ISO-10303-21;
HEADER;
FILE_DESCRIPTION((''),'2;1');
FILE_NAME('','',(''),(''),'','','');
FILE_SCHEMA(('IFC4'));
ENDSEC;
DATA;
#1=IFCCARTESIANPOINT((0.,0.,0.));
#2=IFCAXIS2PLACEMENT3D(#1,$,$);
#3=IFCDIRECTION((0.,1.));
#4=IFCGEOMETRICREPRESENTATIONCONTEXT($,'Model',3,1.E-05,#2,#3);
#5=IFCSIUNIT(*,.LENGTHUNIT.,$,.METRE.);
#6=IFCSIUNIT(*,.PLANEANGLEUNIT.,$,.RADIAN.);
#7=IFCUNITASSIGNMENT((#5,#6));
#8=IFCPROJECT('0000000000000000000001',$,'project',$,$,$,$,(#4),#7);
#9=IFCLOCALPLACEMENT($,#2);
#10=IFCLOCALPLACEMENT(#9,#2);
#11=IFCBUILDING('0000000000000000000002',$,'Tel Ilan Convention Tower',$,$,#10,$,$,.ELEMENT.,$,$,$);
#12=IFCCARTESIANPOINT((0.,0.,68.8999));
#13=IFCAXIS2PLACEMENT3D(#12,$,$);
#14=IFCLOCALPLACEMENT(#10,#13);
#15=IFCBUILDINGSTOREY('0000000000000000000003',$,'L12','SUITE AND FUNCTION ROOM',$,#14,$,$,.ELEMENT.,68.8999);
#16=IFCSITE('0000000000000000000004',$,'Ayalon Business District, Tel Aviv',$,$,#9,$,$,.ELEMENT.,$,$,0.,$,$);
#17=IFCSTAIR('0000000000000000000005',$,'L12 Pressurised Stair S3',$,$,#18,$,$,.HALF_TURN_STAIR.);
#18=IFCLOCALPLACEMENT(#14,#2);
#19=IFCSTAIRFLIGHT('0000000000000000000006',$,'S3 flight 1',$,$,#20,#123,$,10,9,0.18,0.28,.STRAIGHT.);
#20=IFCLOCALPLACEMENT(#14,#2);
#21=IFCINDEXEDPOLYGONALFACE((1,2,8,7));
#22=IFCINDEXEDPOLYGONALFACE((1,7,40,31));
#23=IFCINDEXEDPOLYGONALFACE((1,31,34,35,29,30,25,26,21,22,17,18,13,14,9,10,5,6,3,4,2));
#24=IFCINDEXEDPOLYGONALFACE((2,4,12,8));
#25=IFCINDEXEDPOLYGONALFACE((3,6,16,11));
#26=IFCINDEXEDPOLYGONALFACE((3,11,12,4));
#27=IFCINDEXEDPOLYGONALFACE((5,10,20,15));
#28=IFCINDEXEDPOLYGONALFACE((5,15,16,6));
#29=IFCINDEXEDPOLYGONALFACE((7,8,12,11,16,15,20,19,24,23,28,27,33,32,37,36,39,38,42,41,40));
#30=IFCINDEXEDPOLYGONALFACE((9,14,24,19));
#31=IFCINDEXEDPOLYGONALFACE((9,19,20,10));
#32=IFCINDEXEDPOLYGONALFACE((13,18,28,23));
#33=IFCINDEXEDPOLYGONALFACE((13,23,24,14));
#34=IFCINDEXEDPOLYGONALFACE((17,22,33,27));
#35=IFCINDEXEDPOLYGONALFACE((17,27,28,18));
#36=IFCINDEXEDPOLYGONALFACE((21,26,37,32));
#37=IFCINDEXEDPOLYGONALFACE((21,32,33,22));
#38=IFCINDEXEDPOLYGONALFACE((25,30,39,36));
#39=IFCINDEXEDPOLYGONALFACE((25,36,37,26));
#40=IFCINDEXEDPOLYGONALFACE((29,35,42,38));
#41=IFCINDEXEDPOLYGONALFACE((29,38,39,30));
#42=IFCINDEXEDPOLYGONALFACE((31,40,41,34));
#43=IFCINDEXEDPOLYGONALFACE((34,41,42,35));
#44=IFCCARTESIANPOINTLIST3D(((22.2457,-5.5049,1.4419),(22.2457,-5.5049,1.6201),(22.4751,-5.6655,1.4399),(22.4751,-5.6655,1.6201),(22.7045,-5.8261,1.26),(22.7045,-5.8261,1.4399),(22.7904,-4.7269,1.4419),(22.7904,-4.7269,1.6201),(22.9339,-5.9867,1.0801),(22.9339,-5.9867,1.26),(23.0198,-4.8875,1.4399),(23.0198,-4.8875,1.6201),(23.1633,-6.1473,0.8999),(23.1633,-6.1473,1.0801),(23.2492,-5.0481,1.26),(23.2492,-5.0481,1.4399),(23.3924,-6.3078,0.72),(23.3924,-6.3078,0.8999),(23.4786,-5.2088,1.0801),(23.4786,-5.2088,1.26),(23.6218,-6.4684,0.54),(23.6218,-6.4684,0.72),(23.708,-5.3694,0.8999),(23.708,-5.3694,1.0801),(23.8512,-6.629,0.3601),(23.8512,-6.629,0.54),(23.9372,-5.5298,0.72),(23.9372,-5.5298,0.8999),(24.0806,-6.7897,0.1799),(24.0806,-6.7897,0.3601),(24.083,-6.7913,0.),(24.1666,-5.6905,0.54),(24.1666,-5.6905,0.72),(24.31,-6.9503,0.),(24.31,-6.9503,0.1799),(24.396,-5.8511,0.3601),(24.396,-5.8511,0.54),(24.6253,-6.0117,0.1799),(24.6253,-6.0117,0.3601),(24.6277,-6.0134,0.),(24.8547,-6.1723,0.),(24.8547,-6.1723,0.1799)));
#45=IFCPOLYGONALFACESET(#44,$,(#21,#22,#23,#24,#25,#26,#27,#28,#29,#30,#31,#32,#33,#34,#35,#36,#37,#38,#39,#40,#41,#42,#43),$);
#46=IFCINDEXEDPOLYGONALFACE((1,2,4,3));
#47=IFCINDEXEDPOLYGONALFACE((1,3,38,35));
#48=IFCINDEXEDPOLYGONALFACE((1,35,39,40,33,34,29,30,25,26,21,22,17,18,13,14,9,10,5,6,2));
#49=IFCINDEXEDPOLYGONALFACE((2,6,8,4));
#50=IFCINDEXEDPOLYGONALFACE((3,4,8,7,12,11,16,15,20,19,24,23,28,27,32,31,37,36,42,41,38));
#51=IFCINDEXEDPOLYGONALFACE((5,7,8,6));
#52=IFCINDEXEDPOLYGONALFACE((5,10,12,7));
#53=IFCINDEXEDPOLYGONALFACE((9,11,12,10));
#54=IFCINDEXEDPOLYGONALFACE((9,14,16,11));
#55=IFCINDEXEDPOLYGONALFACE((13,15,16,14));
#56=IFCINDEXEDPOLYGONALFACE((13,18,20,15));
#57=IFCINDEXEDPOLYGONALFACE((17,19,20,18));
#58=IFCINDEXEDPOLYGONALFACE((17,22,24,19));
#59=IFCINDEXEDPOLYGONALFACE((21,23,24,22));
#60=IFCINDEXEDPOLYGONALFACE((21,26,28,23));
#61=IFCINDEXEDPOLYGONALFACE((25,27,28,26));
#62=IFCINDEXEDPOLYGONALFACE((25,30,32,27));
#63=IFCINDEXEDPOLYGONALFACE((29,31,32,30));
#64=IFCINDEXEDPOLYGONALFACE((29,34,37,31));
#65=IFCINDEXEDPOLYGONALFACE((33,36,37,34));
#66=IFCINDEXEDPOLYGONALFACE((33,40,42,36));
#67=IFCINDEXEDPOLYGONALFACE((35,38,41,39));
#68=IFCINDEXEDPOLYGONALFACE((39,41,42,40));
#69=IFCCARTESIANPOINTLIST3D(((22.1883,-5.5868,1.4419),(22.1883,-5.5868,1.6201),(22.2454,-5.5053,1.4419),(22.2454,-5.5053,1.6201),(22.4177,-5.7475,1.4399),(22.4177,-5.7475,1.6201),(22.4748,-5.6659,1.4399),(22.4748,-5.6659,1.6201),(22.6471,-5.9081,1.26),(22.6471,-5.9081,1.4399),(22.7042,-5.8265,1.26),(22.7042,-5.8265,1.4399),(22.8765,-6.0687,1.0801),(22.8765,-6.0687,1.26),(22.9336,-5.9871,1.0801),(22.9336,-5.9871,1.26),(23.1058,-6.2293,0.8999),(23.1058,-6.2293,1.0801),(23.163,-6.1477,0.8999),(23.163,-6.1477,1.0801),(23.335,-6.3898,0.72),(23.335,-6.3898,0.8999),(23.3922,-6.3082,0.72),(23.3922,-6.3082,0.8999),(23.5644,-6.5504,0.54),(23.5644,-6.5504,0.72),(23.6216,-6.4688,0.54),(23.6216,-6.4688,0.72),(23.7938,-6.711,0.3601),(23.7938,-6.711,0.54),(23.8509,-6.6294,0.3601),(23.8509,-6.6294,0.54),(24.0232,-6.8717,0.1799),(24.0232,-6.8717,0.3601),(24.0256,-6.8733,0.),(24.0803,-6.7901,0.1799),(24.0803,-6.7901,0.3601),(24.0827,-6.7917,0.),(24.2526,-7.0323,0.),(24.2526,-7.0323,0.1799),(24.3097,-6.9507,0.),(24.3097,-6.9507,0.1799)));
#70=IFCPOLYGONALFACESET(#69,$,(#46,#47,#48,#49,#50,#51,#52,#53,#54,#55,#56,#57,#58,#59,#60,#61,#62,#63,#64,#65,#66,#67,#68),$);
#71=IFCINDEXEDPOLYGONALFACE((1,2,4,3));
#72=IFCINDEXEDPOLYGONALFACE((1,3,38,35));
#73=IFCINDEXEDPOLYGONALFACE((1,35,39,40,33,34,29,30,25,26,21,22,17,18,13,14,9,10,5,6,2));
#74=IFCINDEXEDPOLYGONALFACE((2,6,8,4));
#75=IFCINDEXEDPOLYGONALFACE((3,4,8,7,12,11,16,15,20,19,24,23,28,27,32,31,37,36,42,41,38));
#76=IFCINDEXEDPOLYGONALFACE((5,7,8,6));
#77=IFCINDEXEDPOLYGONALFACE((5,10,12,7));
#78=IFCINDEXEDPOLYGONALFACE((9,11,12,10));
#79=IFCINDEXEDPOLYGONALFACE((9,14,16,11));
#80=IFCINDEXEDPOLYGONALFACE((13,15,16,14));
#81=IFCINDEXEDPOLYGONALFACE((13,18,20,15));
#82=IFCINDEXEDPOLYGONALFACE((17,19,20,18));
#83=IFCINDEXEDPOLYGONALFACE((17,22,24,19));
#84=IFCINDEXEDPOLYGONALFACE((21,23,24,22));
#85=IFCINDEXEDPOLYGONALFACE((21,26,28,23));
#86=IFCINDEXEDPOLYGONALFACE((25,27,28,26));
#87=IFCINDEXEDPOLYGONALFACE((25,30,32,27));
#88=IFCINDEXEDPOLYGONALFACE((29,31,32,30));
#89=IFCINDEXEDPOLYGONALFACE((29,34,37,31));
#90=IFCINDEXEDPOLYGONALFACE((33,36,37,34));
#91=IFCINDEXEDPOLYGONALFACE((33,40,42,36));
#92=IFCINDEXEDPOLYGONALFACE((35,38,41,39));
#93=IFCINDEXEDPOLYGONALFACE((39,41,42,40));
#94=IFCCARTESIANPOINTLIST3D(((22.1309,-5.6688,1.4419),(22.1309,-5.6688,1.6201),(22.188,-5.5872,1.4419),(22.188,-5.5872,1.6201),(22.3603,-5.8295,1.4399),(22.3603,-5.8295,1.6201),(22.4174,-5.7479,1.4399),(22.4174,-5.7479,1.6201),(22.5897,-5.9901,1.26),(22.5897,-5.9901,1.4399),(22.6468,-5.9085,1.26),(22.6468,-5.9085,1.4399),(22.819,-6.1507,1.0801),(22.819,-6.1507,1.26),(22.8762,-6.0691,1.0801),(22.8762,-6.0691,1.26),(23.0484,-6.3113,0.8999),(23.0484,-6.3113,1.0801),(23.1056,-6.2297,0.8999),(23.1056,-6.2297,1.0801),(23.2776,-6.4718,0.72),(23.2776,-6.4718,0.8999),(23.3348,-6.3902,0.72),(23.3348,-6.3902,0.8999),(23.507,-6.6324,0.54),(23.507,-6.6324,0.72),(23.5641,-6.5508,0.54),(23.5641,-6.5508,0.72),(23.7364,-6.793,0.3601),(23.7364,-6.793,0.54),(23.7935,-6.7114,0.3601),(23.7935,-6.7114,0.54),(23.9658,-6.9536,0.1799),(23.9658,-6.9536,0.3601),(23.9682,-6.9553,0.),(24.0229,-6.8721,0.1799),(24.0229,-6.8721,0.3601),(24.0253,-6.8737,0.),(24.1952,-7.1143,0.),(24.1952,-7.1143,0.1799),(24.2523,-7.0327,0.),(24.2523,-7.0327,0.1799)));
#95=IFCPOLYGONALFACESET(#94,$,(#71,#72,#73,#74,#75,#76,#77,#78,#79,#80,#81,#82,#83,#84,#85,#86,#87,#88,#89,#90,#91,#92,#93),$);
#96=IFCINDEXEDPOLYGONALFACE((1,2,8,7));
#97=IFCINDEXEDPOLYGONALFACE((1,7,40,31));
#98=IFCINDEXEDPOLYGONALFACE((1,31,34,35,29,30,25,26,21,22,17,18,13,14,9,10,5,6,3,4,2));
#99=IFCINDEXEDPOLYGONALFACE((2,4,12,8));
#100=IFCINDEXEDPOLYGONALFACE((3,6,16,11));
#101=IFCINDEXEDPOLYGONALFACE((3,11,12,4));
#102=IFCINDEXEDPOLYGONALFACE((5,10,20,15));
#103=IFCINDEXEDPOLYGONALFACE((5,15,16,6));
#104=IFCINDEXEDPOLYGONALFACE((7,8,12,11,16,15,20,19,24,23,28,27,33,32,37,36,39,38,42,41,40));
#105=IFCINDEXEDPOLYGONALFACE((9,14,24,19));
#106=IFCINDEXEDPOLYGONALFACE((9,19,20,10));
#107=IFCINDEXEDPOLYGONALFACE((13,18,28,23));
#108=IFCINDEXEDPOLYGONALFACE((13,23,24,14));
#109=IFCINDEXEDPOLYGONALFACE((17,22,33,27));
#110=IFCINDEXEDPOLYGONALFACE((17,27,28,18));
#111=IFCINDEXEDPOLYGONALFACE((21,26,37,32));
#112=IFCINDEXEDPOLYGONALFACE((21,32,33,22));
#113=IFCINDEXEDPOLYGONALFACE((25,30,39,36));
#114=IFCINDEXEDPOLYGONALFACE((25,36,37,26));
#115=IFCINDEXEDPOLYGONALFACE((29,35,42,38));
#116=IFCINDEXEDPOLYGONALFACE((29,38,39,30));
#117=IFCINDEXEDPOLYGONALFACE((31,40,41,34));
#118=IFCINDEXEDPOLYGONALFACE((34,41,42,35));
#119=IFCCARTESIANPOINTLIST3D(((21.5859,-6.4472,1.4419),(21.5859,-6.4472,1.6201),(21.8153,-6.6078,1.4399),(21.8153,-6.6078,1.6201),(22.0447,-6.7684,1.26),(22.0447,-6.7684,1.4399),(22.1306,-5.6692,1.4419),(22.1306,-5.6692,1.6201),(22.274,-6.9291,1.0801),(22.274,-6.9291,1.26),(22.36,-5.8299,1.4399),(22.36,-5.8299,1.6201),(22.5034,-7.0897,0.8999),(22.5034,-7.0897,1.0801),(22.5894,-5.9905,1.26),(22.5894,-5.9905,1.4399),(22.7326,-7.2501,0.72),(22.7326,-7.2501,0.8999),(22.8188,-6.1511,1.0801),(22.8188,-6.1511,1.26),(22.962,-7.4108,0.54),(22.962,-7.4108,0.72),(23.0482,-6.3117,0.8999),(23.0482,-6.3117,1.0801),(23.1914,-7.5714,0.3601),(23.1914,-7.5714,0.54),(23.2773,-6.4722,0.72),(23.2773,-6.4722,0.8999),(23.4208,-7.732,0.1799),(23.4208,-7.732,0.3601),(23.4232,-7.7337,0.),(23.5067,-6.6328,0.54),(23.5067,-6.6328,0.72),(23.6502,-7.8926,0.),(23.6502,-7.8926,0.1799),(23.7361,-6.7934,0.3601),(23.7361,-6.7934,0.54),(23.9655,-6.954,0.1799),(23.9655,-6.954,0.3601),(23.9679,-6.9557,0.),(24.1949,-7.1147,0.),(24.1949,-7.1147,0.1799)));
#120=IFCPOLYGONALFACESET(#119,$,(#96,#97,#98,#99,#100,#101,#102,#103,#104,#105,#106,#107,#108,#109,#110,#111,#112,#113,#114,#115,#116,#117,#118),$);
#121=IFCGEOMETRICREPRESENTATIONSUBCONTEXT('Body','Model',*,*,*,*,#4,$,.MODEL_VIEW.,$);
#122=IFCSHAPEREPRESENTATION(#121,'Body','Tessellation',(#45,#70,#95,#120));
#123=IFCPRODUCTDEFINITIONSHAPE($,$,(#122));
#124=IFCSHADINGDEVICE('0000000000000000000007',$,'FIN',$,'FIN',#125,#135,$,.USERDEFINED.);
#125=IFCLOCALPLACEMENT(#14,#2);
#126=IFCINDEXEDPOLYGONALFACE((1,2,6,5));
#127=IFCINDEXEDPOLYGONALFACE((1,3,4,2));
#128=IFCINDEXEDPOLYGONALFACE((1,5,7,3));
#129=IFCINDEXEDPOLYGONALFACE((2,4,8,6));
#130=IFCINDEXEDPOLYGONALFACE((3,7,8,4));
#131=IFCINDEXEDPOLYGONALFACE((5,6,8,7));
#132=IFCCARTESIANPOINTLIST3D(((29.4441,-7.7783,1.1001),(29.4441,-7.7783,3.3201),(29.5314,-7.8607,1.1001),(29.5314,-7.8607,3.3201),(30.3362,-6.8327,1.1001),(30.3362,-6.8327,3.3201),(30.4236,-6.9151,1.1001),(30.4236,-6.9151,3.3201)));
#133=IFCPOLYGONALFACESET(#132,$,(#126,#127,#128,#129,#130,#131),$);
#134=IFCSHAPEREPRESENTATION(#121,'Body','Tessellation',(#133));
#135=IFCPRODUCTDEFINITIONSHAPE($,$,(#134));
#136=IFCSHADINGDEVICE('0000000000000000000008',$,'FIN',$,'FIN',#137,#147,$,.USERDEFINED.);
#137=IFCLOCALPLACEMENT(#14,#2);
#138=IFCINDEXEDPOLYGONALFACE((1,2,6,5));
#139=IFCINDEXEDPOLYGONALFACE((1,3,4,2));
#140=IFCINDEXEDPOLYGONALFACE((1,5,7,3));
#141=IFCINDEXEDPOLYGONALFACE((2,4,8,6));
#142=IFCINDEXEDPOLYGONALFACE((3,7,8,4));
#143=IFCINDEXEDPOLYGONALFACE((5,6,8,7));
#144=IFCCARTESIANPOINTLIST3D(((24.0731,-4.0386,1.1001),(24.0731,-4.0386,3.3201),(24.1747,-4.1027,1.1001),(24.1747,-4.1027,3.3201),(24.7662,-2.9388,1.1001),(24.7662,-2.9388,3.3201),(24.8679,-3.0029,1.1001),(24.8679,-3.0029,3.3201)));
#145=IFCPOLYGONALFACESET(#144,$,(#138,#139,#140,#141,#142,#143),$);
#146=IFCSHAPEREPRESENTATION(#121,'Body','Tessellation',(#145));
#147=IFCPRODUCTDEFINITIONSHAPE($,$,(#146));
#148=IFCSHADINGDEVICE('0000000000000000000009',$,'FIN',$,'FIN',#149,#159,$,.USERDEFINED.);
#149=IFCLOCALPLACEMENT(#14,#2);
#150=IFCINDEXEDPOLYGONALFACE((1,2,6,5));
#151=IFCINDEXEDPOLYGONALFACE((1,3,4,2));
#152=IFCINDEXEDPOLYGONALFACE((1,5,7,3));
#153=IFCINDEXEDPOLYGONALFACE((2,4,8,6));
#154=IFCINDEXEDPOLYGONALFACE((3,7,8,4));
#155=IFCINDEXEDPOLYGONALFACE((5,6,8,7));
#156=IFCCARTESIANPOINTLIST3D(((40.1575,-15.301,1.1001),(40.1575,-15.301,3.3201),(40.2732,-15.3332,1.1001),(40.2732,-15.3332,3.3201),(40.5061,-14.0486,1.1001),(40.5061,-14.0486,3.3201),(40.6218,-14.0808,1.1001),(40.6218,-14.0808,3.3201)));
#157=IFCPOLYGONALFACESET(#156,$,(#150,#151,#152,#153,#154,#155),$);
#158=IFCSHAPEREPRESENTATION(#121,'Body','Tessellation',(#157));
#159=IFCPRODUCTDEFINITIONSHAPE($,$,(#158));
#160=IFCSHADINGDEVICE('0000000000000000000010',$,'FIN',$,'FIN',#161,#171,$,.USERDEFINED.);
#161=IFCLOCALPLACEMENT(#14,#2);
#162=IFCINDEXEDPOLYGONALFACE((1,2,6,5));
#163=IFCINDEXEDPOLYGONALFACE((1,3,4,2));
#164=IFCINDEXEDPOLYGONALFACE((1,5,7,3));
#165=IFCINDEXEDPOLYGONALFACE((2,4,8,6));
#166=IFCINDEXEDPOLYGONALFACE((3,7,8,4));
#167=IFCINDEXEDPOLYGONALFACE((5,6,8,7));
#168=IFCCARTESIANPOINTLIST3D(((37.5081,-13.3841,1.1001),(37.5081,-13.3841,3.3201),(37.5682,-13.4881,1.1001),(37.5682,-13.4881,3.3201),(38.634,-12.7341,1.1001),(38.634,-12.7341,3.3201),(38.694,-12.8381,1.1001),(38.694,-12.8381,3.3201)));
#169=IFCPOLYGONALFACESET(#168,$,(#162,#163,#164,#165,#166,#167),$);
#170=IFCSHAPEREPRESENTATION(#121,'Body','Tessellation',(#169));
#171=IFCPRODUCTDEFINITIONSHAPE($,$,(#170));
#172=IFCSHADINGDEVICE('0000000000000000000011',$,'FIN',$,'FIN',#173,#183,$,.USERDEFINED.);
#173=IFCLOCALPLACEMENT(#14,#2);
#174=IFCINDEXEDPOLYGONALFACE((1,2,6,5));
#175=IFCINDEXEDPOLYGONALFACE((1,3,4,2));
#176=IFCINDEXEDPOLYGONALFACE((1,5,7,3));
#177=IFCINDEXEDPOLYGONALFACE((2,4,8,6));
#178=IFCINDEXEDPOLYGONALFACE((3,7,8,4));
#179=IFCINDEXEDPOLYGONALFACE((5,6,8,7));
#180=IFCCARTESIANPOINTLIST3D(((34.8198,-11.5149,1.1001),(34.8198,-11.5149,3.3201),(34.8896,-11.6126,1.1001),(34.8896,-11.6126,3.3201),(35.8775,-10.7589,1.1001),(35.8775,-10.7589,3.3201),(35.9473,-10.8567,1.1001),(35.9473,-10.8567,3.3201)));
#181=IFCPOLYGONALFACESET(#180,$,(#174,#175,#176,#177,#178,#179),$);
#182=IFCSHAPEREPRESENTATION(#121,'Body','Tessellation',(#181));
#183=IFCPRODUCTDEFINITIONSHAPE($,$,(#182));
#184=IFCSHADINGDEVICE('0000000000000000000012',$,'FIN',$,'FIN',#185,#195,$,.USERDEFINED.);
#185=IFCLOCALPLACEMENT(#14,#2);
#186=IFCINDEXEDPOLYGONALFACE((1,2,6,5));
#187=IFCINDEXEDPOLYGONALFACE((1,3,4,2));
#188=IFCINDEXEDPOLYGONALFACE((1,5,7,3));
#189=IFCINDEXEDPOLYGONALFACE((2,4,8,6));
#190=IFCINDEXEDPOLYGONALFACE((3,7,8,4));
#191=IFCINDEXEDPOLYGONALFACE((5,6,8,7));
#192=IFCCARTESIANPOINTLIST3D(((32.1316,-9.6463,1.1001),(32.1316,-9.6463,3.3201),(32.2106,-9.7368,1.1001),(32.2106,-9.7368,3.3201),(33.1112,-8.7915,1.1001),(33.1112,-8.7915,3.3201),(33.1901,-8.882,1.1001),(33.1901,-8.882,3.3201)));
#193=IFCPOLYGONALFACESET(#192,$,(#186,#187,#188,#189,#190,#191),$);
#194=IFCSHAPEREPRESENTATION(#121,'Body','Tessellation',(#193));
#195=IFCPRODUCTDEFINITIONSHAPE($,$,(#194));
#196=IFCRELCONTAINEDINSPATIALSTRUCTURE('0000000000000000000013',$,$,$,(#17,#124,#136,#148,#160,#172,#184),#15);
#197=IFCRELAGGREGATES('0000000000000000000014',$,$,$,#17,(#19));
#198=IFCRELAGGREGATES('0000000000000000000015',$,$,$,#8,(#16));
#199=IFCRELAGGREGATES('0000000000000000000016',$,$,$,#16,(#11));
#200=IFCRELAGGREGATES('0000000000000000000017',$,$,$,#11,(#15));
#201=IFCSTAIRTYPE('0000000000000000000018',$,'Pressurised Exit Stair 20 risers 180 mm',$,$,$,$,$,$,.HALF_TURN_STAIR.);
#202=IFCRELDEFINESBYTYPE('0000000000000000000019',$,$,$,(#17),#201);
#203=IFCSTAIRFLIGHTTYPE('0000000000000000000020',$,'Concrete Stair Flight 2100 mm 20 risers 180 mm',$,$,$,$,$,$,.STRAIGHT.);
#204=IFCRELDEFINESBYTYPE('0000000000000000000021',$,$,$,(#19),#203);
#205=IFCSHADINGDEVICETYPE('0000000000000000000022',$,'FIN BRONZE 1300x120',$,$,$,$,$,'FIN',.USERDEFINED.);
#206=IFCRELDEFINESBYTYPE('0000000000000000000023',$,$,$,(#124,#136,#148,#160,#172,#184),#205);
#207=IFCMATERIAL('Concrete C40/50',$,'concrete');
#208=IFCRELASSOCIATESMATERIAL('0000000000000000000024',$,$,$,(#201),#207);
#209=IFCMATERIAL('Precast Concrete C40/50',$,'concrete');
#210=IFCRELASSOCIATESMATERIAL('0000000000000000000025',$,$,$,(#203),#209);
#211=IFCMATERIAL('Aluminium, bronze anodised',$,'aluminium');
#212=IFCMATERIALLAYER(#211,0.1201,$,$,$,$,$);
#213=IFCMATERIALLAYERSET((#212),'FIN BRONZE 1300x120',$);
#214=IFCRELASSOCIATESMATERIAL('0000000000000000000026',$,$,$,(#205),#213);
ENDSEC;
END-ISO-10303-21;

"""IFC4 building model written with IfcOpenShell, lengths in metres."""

from ifc_helpers import new_model, si_unit, direction, frame, origin, origin_2d, place, context, subcontext, project, spatial, polyline, rectangle, outline, extrude, material, layer, layer_set, type_object, element, aggregate, save


model = new_model("IFC4")

# Units and contexts
model_context = context("Model", 3, precision=1e-05, world=origin(), true_north=direction((0.0, 1.0)))
body_context = subcontext(model_context, "Body", "Model", "MODEL_VIEW")
ifc_project = project(units=[si_unit("LENGTHUNIT", "METRE"), si_unit("PLANEANGLEUNIT", "RADIAN")], contexts=[model_context])

# Site, building, storey
site_placement = place(None, origin())
site = spatial("IfcSite", under=ifc_project, at=site_placement, Name="Ayalon Business District, Tel Aviv", CompositionType="ELEMENT", RefElevation=0.0)
building_placement = place(site_placement, origin())
building = spatial("IfcBuilding", under=site, at=building_placement, Name="Tel Ilan Convention Tower", CompositionType="ELEMENT")
storey_placement = place(building_placement, frame((0.0, 0.0, 68.8999)))
storey = spatial("IfcBuildingStorey", under=building, at=storey_placement, Name="L12", Description="SUITE AND FUNCTION ROOM", CompositionType="ELEMENT", Elevation=68.8999)

# Stair, stair flight
ifc_material_1 = material(Name="Concrete C40/50", Category="concrete")
stair_type = type_object("IfcStairType", Name="Pressurised Exit Stair 20 risers 180 mm", PredefinedType="HALF_TURN_STAIR", material=ifc_material_1)
stair_placement = place(storey_placement, origin())
stair = element("IfcStair", 1, at=stair_placement, inside=storey, type_object=stair_type, Name="L12 Pressurised Stair S3", PredefinedType="HALF_TURN_STAIR")
ifc_material_2 = material(Name="Precast Concrete C40/50", Category="concrete")
stair_flight_type = type_object("IfcStairFlightType", Name="Concrete Stair Flight 2100 mm 20 risers 180 mm", PredefinedType="STRAIGHT", material=ifc_material_2)
stair_flight_placement = place(storey_placement, frame((24.2524, -7.0325, 0.0), z_axis=(0.0, 0.0, 1.0), x_axis=(-0.819152, 0.573576, 0.0)))
stair_flight = element("IfcStairFlight", 2, at=stair_flight_placement, type_object=stair_flight_type, Name="S3 flight 1", NumberOfRisers=10, NumberOfTreads=9, PredefinedType="STRAIGHT", RiserHeight=0.18, TreadLength=0.28, context=body_context, shape_type="SweptSolid", body=[
    extrude(outline(polyline([(0.0, 0.0), (0.0, 0.1799), (0.28, 0.1799), (0.28, 0.3601), (0.5601, 0.3601), (0.5601, 0.54), (0.8401, 0.54), (0.8401, 0.72), (1.1201, 0.72), (1.1201, 0.8999), (1.3999, 0.8999), (1.3999, 1.0801), (1.6799, 1.0801), (1.6799, 1.26), (1.96, 1.26), (1.96, 1.4399), (2.24, 1.4399), (2.24, 1.6201), (2.52, 1.6201), (2.52, 1.8), (2.52, 1.4419), (0.2771, 0.0), (0.0, 0.0)])), frame((0.0, -0.1003, 0.0), z_axis=(0.0, -1.0, 0.0), x_axis=(1.0, 0.0, 0.0)), (0.0, 0.0, 1.0), 0.9497),
    extrude(outline(polyline([(0.0, 0.0), (0.0, 0.1799), (0.28, 0.1799), (0.28, 0.3601), (0.5601, 0.3601), (0.5601, 0.54), (0.8401, 0.54), (0.8401, 0.72), (1.1201, 0.72), (1.1201, 0.8999), (1.3999, 0.8999), (1.3999, 1.0801), (1.6799, 1.0801), (1.6799, 1.26), (1.96, 1.26), (1.96, 1.4399), (2.24, 1.4399), (2.24, 1.6201), (2.52, 1.6201), (2.52, 1.8), (2.52, 1.4419), (0.2771, 0.0), (0.0, 0.0)])), frame((0.0, -0.0002, 0.0), z_axis=(0.0, -1.0, 0.0), x_axis=(1.0, 0.0, 0.0)), (0.0, 0.0, 1.0), 0.0996),
    extrude(outline(polyline([(0.0, 0.0), (0.0, 0.1799), (0.28, 0.1799), (0.28, 0.3601), (0.5601, 0.3601), (0.5601, 0.54), (0.8401, 0.54), (0.8401, 0.72), (1.1201, 0.72), (1.1201, 0.8999), (1.3999, 0.8999), (1.3999, 1.0801), (1.6799, 1.0801), (1.6799, 1.26), (1.96, 1.26), (1.96, 1.4399), (2.24, 1.4399), (2.24, 1.6201), (2.52, 1.6201), (2.52, 1.8), (2.52, 1.4419), (0.2771, 0.0), (0.0, 0.0)])), frame((0.0, 0.0999, 0.0), z_axis=(0.0, -1.0, 0.0), x_axis=(1.0, 0.0, 0.0)), (0.0, 0.0, 1.0), 0.0996),
    extrude(outline(polyline([(0.0, 0.0), (0.0, 0.1799), (0.28, 0.1799), (0.28, 0.3601), (0.5601, 0.3601), (0.5601, 0.54), (0.8401, 0.54), (0.8401, 0.72), (1.1201, 0.72), (1.1201, 0.8999), (1.3999, 0.8999), (1.3999, 1.0801), (1.6799, 1.0801), (1.6799, 1.26), (1.96, 1.26), (1.96, 1.4399), (2.24, 1.4399), (2.24, 1.6201), (2.52, 1.6201), (2.52, 1.8), (2.52, 1.4419), (0.2771, 0.0), (0.0, 0.0)])), frame((0.0, 1.05, 0.0), z_axis=(0.0, -1.0, 0.0), x_axis=(1.0, 0.0, 0.0)), (0.0, 0.0, 1.0), 0.9497),
])
aggregate(stair, [stair_flight])

# Shading devices
ifc_material_3 = material(Name="Aluminium, bronze anodised", Category="aluminium")
ifc_layer_1 = layer(ifc_material_3, 0.1201)
ifc_layer_set_1 = layer_set([ifc_layer_1], Name="FIN BRONZE 1300x120")
shading_device_type = type_object("IfcShadingDeviceType", Name="FIN BRONZE 1300x120", ElementType="FIN", PredefinedType="USERDEFINED", material=ifc_layer_set_1)
for number, where, z_axis, x_axis, name in (
    (3, (29.9338, -7.3467, 1.1001), (0.0, 0.0, 1.0), (0.686242, 0.727374, 0.0), "FIN"),
    (4, (24.4705, -3.5208, 1.1001), (0.0, 0.0, 1.0), (0.533204, 0.845986, 0.0), "FIN"),
    (5, (40.3896, -14.6909, 1.1001), (0.0, 0.0, 1.0), (0.268173, 0.963371, 0.0), "FIN"),
    (6, (38.1011, -13.1111, 1.1001), (0.0, 0.0, 1.0), (0.866025, 0.5, 0.0), "FIN"),
    (7, (35.3835, -11.1858, 1.1001), (0.0, 0.0, 1.0), (0.813552, 0.581492, 0.0), "FIN"),
    (8, (32.6609, -9.2642, 1.1001), (0.0, 0.0, 1.0), (0.753436, 0.657521, 0.0), "FIN"),
):
    element("IfcShadingDevice", number, at=place(storey_placement, frame(where, z_axis=z_axis, x_axis=x_axis)), inside=storey, type_object=shading_device_type, Name=name, ObjectType="FIN", PredefinedType="USERDEFINED", context=body_context, shape_type="SweptSolid", body=[
        extrude(rectangle(XDim=1.3, YDim=0.1201, at=origin_2d()), origin(), (0.0, 0.0, 1.0), 2.22),
    ])

save(model, "model.ifc")
